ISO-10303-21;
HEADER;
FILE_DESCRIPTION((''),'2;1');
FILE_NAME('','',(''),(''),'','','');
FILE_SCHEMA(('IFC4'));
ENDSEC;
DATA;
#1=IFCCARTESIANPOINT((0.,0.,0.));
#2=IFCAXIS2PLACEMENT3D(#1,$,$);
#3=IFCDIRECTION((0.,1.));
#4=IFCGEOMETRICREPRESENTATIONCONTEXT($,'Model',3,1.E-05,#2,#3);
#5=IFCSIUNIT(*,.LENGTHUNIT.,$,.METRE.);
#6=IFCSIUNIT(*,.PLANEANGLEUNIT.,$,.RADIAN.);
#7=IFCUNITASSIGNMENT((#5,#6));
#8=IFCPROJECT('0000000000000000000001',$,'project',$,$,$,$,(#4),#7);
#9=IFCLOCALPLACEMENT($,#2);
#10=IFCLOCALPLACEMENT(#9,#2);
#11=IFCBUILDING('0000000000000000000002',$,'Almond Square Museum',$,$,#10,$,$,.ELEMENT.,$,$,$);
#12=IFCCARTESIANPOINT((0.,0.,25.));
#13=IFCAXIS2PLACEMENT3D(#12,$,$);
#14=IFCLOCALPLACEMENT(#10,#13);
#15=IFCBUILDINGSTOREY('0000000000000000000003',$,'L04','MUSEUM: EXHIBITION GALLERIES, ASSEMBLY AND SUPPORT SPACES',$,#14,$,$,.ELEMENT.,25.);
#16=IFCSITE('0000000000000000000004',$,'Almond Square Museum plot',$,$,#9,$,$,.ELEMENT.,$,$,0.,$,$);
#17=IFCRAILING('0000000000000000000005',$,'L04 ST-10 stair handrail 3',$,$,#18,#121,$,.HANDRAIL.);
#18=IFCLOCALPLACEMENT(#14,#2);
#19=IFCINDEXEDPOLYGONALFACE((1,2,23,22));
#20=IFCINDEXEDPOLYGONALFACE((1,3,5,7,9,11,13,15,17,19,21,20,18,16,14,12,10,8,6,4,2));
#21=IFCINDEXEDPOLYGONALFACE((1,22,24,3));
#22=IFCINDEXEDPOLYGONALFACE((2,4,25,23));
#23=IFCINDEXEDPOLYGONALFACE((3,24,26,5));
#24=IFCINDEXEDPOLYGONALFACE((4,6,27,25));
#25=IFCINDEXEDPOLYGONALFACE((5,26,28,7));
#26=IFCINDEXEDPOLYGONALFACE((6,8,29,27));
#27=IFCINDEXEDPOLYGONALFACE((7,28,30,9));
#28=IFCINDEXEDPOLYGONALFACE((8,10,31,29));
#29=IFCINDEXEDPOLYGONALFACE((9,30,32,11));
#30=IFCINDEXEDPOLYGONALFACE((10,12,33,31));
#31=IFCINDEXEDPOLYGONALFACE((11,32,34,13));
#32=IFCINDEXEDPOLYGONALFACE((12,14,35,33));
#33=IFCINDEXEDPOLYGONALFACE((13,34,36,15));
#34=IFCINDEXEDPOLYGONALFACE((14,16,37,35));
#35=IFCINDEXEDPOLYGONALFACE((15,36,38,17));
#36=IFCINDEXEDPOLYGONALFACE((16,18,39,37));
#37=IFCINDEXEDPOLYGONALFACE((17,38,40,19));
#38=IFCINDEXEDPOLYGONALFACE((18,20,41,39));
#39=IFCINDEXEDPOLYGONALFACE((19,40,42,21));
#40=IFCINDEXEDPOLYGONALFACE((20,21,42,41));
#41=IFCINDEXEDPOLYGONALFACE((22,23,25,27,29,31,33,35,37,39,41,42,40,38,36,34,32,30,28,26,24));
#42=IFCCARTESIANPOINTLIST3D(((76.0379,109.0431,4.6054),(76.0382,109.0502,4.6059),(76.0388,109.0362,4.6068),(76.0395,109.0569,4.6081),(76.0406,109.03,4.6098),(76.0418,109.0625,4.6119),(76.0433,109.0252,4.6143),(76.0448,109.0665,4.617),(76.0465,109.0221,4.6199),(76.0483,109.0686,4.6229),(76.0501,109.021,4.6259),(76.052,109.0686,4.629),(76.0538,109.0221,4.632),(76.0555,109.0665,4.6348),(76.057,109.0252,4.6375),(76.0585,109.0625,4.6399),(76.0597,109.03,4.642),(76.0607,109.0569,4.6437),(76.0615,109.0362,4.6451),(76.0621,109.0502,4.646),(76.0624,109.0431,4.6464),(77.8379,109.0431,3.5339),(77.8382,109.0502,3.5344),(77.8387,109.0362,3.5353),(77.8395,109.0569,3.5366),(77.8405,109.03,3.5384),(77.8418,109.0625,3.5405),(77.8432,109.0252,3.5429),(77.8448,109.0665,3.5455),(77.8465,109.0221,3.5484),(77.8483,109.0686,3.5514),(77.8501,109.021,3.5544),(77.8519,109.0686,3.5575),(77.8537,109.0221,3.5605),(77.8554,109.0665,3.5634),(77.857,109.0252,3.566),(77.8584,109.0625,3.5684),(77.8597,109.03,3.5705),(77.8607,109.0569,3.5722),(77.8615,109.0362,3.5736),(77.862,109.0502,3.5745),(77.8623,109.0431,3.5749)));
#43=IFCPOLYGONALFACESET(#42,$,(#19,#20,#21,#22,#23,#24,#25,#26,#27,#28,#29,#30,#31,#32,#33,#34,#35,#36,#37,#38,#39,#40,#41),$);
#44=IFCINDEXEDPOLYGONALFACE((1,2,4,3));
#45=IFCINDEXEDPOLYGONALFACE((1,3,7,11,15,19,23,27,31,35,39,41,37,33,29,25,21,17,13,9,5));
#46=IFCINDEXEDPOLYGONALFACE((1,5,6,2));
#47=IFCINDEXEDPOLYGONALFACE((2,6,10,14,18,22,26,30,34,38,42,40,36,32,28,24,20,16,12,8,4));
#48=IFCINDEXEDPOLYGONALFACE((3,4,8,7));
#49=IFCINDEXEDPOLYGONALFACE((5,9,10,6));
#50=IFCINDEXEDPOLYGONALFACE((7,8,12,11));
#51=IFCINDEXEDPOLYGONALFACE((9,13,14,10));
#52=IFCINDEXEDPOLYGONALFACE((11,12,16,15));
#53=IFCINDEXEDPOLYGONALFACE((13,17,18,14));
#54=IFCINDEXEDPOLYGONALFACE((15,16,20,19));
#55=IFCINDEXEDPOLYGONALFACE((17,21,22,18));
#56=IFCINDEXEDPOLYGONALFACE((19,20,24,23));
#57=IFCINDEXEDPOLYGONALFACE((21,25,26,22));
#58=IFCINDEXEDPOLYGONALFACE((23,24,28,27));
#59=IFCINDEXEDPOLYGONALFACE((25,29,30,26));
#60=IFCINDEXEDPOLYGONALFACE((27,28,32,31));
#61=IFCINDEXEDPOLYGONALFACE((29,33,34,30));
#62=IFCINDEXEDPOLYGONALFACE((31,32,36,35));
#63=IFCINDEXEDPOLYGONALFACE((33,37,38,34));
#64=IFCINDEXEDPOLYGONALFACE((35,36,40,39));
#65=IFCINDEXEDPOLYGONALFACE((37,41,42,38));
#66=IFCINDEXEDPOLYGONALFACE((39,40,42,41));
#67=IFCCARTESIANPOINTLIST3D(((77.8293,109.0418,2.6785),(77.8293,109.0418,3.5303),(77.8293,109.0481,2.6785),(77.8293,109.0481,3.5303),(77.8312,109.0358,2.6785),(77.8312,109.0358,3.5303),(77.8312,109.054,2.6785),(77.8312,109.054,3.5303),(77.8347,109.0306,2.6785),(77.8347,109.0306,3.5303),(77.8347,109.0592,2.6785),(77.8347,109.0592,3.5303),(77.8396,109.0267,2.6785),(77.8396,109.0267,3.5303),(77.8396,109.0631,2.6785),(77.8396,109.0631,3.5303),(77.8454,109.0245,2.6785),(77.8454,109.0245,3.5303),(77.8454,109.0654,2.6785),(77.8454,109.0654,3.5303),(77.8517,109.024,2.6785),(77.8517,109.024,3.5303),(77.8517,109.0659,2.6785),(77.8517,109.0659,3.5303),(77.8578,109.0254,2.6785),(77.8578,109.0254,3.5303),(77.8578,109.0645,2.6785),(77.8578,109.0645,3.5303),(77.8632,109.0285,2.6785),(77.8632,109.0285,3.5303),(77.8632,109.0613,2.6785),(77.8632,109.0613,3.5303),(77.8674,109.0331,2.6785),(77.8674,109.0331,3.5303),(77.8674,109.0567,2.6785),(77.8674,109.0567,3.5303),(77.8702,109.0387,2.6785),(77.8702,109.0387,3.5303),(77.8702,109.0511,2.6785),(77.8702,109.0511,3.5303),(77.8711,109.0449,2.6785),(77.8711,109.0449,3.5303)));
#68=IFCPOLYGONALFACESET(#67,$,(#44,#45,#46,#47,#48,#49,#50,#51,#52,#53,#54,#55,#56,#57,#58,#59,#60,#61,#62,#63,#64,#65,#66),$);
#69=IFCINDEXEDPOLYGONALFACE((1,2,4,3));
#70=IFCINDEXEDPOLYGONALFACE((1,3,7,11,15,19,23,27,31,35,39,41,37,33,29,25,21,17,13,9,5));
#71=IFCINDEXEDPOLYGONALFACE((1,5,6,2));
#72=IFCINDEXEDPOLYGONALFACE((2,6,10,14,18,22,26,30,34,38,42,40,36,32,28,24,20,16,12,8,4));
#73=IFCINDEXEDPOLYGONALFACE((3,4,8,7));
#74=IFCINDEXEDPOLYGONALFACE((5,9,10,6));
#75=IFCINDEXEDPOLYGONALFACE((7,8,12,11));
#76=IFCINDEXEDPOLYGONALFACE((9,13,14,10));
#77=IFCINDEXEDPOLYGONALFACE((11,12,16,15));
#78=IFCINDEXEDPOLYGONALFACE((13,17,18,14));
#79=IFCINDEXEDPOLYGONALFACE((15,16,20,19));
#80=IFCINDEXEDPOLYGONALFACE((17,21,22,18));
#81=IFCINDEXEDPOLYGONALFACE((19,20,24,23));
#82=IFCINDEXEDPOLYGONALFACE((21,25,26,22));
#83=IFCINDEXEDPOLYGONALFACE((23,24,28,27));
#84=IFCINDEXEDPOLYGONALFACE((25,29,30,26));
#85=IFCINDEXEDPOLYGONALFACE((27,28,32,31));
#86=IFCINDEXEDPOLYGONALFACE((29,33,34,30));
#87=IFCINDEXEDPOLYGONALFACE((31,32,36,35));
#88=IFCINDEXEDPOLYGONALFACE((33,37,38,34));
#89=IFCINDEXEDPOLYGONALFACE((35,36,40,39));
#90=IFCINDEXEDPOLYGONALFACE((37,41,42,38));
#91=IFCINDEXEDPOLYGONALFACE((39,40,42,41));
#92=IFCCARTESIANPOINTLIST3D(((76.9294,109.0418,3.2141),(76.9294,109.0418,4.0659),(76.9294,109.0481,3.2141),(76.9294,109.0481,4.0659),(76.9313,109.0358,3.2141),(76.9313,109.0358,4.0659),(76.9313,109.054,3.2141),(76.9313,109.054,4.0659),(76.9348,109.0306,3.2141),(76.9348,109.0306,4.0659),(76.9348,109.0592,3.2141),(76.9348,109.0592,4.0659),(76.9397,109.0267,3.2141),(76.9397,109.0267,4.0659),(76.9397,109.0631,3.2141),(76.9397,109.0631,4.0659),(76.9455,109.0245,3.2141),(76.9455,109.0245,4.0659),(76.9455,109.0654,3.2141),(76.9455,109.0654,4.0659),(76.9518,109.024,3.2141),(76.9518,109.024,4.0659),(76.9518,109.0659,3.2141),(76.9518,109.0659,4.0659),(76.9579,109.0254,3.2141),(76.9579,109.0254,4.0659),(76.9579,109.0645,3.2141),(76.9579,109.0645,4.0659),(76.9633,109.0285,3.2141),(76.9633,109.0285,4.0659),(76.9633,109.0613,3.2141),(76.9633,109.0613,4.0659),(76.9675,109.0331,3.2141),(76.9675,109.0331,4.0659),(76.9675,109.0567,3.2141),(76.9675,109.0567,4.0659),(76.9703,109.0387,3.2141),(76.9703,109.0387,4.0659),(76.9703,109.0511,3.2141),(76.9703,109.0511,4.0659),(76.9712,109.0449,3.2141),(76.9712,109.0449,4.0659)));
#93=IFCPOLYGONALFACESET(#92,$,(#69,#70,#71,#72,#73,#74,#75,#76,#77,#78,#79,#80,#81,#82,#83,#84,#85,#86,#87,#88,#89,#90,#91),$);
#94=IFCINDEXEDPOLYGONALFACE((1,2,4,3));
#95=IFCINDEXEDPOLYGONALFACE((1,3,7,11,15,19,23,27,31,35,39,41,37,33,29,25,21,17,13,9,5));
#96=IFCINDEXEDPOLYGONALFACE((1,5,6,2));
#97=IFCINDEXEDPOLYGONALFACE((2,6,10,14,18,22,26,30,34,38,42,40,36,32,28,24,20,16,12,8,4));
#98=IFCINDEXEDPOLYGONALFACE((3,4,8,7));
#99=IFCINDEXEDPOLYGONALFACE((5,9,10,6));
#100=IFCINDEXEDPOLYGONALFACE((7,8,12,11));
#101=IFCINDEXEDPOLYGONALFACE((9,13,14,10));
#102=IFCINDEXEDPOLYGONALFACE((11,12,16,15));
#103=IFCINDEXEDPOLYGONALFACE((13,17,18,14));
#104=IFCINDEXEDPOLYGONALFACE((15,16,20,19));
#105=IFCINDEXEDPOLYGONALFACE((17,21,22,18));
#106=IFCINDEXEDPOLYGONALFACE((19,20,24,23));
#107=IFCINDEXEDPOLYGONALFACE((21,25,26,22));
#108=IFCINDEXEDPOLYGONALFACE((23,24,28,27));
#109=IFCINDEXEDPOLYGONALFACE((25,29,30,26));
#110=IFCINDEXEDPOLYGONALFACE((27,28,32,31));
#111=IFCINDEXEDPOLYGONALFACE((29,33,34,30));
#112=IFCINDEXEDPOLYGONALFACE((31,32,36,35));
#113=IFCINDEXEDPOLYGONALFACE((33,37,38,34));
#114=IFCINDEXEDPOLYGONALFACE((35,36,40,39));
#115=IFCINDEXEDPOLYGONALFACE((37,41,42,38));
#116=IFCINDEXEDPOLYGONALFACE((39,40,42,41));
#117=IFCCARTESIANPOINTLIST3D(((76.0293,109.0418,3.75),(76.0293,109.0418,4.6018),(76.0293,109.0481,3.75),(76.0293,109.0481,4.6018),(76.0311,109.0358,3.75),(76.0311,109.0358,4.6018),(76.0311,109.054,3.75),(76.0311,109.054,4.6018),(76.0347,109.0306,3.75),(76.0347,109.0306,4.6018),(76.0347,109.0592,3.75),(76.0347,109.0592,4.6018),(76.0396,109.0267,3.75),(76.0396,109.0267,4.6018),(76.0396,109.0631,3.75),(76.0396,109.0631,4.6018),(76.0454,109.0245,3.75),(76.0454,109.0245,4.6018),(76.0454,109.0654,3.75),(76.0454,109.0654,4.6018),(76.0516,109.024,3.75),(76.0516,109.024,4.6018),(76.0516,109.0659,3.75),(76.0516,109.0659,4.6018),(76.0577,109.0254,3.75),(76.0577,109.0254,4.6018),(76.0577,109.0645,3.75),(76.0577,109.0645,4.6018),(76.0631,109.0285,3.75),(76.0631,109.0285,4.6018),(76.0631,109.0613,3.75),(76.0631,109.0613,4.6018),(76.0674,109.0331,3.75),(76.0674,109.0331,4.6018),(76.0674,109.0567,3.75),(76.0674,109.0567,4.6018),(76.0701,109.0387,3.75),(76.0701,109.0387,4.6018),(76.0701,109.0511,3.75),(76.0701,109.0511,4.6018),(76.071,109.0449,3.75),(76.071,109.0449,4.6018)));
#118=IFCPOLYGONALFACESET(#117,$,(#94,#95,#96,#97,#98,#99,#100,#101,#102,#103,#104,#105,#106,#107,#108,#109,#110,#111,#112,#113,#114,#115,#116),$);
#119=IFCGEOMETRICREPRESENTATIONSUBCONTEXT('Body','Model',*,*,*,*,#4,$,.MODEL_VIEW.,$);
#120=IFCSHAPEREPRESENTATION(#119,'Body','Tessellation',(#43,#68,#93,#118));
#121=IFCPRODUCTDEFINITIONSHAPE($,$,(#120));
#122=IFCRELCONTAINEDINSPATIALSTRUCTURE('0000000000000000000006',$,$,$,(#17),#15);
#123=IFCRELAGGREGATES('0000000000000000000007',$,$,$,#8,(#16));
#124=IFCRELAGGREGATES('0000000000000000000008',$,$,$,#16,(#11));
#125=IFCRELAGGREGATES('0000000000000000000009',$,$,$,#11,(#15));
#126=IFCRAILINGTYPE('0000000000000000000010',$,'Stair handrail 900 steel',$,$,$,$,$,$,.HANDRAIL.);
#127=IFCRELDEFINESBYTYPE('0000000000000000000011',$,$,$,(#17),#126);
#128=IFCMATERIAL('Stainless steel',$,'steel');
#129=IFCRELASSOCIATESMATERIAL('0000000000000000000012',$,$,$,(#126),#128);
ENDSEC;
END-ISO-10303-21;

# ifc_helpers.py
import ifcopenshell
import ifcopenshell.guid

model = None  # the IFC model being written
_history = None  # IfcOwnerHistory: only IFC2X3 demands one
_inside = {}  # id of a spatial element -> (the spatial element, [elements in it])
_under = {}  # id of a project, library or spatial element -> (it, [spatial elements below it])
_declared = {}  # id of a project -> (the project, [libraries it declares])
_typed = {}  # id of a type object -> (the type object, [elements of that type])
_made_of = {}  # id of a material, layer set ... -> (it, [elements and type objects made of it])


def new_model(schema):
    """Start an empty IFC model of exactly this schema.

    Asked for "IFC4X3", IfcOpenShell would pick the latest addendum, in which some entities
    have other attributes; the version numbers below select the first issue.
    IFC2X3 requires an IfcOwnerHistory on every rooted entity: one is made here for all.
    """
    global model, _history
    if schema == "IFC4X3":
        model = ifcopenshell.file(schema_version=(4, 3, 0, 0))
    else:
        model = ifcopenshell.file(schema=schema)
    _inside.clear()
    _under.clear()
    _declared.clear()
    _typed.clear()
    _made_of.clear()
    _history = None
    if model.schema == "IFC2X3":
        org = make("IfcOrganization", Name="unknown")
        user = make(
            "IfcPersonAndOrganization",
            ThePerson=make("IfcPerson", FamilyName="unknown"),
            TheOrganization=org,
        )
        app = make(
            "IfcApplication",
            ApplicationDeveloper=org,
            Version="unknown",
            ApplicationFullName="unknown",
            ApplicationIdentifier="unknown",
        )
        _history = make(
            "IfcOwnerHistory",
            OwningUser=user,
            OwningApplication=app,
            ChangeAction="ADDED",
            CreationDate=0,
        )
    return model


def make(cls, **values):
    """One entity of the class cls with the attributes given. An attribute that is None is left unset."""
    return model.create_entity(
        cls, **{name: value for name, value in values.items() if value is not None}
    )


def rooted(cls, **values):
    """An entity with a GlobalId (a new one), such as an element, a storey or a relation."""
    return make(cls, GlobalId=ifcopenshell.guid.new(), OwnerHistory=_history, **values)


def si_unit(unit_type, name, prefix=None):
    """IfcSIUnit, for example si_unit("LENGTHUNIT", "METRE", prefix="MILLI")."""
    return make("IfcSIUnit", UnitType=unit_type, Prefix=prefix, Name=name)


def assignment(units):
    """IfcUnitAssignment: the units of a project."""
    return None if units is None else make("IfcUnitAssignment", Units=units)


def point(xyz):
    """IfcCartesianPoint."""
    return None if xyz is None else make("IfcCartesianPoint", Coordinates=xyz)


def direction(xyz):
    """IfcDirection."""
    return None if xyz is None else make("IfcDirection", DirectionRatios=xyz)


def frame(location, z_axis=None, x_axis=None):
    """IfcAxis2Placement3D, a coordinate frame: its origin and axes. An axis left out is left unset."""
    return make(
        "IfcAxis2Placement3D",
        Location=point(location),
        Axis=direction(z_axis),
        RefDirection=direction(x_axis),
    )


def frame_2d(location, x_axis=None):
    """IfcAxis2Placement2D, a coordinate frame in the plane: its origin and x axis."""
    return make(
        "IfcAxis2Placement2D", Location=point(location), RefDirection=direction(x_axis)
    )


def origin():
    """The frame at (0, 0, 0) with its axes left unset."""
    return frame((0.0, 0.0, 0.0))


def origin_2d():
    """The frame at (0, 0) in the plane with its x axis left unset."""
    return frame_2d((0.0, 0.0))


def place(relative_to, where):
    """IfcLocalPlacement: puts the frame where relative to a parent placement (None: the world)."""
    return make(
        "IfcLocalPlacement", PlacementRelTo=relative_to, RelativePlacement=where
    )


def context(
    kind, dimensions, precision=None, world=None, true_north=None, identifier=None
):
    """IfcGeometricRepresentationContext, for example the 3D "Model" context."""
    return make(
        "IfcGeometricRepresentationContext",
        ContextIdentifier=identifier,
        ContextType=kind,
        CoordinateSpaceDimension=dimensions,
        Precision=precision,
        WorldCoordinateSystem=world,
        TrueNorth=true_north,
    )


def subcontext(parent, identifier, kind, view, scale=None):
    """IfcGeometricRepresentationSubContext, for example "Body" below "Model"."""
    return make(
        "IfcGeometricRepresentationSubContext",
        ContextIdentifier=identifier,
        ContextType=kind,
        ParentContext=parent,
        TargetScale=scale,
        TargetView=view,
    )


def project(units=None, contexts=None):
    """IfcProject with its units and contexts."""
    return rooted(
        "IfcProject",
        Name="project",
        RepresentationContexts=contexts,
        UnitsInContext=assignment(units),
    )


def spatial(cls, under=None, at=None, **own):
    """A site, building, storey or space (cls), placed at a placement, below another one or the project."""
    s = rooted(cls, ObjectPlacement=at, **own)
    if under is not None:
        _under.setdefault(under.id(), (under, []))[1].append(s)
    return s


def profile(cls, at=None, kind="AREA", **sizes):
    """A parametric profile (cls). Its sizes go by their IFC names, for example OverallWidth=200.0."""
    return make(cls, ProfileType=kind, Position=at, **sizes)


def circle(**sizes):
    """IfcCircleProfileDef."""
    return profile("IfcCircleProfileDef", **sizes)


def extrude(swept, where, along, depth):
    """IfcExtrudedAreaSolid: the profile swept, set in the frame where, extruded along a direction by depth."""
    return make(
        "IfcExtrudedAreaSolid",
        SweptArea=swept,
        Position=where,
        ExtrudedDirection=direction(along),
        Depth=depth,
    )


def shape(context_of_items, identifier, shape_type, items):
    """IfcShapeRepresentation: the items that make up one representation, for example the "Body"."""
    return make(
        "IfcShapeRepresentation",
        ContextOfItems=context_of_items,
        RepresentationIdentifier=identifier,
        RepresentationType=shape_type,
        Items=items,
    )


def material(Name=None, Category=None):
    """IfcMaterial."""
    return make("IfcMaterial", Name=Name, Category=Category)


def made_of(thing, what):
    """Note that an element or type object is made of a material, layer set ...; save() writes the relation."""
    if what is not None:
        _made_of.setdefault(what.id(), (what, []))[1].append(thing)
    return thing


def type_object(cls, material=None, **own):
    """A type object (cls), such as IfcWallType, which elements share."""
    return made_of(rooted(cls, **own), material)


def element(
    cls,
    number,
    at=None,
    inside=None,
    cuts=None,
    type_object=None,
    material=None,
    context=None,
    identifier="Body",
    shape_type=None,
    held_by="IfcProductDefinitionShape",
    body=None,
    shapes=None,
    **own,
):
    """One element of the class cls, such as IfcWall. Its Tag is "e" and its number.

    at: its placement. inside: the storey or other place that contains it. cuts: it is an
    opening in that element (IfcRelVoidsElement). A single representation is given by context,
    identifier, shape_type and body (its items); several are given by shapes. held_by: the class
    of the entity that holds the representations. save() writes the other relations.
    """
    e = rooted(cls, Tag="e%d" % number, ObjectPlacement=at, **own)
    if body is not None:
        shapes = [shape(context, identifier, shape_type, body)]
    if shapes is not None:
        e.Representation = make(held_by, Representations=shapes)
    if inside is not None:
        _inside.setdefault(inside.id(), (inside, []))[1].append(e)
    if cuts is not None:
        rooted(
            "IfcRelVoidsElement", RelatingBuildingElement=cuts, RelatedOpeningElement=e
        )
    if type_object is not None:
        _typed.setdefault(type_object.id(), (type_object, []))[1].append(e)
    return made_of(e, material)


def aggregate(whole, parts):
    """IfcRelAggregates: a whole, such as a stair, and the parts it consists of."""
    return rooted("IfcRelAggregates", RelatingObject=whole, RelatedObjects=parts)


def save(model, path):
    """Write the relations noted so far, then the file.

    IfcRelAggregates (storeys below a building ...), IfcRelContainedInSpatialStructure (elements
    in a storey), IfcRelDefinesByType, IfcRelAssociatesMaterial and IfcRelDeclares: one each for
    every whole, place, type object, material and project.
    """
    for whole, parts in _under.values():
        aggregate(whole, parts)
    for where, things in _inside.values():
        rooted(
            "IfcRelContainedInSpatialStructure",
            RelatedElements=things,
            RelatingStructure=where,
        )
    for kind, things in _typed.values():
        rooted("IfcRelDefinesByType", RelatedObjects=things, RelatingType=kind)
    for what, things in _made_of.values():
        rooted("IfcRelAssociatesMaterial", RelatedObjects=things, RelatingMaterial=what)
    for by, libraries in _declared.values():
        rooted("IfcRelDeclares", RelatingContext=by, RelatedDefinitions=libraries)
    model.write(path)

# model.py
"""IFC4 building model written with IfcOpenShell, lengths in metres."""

from ifc_helpers import new_model, si_unit, direction, frame, origin, origin_2d, place, context, subcontext, project, spatial, circle, extrude, material, type_object, element, save


model = new_model("IFC4")

# Units and contexts
model_context = context("Model", 3, precision=1e-05, world=origin(), true_north=direction((0.0, 1.0)))
body_context = subcontext(model_context, "Body", "Model", "MODEL_VIEW")
ifc_project = project(units=[si_unit("LENGTHUNIT", "METRE"), si_unit("PLANEANGLEUNIT", "RADIAN")], contexts=[model_context])

# Site, building, storey
site_placement = place(None, origin())
site = spatial("IfcSite", under=ifc_project, at=site_placement, Name="Almond Square Museum plot", CompositionType="ELEMENT", RefElevation=0.0)
building_placement = place(site_placement, origin())
building = spatial("IfcBuilding", under=site, at=building_placement, Name="Almond Square Museum", CompositionType="ELEMENT")
storey_placement = place(building_placement, frame((0.0, 0.0, 25.0)))
storey = spatial("IfcBuildingStorey", under=building, at=storey_placement, Name="L04", Description="MUSEUM: EXHIBITION GALLERIES, ASSEMBLY AND SUPPORT SPACES", CompositionType="ELEMENT", Elevation=25.0)

# Railing
ifc_material_1 = material(Name="Stainless steel", Category="steel")
railing_type_1 = type_object("IfcRailingType", Name="Stair handrail 900 steel", PredefinedType="HANDRAIL", material=ifc_material_1)
railing_1_placement = place(storey_placement, frame((77.8501, 109.0449, 2.6785)))
element("IfcRailing", 1, at=railing_1_placement, inside=storey, type_object=railing_type_1, Name="L04 ST-10 stair handrail 3", PredefinedType="HANDRAIL", context=body_context, shape_type="SweptSolid", body=[
    extrude(circle(Radius=0.0239, at=origin_2d()), frame((0.0, 0.0, 0.876), z_axis=(-0.859277, 0.0, 0.51151), x_axis=(0.0, -1.0, 0.0)), (0.0, 0.0, 1.0), 2.0947),
    extrude(circle(Radius=0.021, at=origin_2d()), origin(), (0.0, 0.0, 1.0), 0.8518),
    extrude(circle(Radius=0.021, at=origin_2d()), frame((-0.8999, 0.0, 0.5356)), (0.0, 0.0, 1.0), 0.8518),
    extrude(circle(Radius=0.021, at=origin_2d()), frame((-1.8, 0.0, 1.0715)), (0.0, 0.0, 1.0), 0.8518),
])

save(model, "model.ifc")
